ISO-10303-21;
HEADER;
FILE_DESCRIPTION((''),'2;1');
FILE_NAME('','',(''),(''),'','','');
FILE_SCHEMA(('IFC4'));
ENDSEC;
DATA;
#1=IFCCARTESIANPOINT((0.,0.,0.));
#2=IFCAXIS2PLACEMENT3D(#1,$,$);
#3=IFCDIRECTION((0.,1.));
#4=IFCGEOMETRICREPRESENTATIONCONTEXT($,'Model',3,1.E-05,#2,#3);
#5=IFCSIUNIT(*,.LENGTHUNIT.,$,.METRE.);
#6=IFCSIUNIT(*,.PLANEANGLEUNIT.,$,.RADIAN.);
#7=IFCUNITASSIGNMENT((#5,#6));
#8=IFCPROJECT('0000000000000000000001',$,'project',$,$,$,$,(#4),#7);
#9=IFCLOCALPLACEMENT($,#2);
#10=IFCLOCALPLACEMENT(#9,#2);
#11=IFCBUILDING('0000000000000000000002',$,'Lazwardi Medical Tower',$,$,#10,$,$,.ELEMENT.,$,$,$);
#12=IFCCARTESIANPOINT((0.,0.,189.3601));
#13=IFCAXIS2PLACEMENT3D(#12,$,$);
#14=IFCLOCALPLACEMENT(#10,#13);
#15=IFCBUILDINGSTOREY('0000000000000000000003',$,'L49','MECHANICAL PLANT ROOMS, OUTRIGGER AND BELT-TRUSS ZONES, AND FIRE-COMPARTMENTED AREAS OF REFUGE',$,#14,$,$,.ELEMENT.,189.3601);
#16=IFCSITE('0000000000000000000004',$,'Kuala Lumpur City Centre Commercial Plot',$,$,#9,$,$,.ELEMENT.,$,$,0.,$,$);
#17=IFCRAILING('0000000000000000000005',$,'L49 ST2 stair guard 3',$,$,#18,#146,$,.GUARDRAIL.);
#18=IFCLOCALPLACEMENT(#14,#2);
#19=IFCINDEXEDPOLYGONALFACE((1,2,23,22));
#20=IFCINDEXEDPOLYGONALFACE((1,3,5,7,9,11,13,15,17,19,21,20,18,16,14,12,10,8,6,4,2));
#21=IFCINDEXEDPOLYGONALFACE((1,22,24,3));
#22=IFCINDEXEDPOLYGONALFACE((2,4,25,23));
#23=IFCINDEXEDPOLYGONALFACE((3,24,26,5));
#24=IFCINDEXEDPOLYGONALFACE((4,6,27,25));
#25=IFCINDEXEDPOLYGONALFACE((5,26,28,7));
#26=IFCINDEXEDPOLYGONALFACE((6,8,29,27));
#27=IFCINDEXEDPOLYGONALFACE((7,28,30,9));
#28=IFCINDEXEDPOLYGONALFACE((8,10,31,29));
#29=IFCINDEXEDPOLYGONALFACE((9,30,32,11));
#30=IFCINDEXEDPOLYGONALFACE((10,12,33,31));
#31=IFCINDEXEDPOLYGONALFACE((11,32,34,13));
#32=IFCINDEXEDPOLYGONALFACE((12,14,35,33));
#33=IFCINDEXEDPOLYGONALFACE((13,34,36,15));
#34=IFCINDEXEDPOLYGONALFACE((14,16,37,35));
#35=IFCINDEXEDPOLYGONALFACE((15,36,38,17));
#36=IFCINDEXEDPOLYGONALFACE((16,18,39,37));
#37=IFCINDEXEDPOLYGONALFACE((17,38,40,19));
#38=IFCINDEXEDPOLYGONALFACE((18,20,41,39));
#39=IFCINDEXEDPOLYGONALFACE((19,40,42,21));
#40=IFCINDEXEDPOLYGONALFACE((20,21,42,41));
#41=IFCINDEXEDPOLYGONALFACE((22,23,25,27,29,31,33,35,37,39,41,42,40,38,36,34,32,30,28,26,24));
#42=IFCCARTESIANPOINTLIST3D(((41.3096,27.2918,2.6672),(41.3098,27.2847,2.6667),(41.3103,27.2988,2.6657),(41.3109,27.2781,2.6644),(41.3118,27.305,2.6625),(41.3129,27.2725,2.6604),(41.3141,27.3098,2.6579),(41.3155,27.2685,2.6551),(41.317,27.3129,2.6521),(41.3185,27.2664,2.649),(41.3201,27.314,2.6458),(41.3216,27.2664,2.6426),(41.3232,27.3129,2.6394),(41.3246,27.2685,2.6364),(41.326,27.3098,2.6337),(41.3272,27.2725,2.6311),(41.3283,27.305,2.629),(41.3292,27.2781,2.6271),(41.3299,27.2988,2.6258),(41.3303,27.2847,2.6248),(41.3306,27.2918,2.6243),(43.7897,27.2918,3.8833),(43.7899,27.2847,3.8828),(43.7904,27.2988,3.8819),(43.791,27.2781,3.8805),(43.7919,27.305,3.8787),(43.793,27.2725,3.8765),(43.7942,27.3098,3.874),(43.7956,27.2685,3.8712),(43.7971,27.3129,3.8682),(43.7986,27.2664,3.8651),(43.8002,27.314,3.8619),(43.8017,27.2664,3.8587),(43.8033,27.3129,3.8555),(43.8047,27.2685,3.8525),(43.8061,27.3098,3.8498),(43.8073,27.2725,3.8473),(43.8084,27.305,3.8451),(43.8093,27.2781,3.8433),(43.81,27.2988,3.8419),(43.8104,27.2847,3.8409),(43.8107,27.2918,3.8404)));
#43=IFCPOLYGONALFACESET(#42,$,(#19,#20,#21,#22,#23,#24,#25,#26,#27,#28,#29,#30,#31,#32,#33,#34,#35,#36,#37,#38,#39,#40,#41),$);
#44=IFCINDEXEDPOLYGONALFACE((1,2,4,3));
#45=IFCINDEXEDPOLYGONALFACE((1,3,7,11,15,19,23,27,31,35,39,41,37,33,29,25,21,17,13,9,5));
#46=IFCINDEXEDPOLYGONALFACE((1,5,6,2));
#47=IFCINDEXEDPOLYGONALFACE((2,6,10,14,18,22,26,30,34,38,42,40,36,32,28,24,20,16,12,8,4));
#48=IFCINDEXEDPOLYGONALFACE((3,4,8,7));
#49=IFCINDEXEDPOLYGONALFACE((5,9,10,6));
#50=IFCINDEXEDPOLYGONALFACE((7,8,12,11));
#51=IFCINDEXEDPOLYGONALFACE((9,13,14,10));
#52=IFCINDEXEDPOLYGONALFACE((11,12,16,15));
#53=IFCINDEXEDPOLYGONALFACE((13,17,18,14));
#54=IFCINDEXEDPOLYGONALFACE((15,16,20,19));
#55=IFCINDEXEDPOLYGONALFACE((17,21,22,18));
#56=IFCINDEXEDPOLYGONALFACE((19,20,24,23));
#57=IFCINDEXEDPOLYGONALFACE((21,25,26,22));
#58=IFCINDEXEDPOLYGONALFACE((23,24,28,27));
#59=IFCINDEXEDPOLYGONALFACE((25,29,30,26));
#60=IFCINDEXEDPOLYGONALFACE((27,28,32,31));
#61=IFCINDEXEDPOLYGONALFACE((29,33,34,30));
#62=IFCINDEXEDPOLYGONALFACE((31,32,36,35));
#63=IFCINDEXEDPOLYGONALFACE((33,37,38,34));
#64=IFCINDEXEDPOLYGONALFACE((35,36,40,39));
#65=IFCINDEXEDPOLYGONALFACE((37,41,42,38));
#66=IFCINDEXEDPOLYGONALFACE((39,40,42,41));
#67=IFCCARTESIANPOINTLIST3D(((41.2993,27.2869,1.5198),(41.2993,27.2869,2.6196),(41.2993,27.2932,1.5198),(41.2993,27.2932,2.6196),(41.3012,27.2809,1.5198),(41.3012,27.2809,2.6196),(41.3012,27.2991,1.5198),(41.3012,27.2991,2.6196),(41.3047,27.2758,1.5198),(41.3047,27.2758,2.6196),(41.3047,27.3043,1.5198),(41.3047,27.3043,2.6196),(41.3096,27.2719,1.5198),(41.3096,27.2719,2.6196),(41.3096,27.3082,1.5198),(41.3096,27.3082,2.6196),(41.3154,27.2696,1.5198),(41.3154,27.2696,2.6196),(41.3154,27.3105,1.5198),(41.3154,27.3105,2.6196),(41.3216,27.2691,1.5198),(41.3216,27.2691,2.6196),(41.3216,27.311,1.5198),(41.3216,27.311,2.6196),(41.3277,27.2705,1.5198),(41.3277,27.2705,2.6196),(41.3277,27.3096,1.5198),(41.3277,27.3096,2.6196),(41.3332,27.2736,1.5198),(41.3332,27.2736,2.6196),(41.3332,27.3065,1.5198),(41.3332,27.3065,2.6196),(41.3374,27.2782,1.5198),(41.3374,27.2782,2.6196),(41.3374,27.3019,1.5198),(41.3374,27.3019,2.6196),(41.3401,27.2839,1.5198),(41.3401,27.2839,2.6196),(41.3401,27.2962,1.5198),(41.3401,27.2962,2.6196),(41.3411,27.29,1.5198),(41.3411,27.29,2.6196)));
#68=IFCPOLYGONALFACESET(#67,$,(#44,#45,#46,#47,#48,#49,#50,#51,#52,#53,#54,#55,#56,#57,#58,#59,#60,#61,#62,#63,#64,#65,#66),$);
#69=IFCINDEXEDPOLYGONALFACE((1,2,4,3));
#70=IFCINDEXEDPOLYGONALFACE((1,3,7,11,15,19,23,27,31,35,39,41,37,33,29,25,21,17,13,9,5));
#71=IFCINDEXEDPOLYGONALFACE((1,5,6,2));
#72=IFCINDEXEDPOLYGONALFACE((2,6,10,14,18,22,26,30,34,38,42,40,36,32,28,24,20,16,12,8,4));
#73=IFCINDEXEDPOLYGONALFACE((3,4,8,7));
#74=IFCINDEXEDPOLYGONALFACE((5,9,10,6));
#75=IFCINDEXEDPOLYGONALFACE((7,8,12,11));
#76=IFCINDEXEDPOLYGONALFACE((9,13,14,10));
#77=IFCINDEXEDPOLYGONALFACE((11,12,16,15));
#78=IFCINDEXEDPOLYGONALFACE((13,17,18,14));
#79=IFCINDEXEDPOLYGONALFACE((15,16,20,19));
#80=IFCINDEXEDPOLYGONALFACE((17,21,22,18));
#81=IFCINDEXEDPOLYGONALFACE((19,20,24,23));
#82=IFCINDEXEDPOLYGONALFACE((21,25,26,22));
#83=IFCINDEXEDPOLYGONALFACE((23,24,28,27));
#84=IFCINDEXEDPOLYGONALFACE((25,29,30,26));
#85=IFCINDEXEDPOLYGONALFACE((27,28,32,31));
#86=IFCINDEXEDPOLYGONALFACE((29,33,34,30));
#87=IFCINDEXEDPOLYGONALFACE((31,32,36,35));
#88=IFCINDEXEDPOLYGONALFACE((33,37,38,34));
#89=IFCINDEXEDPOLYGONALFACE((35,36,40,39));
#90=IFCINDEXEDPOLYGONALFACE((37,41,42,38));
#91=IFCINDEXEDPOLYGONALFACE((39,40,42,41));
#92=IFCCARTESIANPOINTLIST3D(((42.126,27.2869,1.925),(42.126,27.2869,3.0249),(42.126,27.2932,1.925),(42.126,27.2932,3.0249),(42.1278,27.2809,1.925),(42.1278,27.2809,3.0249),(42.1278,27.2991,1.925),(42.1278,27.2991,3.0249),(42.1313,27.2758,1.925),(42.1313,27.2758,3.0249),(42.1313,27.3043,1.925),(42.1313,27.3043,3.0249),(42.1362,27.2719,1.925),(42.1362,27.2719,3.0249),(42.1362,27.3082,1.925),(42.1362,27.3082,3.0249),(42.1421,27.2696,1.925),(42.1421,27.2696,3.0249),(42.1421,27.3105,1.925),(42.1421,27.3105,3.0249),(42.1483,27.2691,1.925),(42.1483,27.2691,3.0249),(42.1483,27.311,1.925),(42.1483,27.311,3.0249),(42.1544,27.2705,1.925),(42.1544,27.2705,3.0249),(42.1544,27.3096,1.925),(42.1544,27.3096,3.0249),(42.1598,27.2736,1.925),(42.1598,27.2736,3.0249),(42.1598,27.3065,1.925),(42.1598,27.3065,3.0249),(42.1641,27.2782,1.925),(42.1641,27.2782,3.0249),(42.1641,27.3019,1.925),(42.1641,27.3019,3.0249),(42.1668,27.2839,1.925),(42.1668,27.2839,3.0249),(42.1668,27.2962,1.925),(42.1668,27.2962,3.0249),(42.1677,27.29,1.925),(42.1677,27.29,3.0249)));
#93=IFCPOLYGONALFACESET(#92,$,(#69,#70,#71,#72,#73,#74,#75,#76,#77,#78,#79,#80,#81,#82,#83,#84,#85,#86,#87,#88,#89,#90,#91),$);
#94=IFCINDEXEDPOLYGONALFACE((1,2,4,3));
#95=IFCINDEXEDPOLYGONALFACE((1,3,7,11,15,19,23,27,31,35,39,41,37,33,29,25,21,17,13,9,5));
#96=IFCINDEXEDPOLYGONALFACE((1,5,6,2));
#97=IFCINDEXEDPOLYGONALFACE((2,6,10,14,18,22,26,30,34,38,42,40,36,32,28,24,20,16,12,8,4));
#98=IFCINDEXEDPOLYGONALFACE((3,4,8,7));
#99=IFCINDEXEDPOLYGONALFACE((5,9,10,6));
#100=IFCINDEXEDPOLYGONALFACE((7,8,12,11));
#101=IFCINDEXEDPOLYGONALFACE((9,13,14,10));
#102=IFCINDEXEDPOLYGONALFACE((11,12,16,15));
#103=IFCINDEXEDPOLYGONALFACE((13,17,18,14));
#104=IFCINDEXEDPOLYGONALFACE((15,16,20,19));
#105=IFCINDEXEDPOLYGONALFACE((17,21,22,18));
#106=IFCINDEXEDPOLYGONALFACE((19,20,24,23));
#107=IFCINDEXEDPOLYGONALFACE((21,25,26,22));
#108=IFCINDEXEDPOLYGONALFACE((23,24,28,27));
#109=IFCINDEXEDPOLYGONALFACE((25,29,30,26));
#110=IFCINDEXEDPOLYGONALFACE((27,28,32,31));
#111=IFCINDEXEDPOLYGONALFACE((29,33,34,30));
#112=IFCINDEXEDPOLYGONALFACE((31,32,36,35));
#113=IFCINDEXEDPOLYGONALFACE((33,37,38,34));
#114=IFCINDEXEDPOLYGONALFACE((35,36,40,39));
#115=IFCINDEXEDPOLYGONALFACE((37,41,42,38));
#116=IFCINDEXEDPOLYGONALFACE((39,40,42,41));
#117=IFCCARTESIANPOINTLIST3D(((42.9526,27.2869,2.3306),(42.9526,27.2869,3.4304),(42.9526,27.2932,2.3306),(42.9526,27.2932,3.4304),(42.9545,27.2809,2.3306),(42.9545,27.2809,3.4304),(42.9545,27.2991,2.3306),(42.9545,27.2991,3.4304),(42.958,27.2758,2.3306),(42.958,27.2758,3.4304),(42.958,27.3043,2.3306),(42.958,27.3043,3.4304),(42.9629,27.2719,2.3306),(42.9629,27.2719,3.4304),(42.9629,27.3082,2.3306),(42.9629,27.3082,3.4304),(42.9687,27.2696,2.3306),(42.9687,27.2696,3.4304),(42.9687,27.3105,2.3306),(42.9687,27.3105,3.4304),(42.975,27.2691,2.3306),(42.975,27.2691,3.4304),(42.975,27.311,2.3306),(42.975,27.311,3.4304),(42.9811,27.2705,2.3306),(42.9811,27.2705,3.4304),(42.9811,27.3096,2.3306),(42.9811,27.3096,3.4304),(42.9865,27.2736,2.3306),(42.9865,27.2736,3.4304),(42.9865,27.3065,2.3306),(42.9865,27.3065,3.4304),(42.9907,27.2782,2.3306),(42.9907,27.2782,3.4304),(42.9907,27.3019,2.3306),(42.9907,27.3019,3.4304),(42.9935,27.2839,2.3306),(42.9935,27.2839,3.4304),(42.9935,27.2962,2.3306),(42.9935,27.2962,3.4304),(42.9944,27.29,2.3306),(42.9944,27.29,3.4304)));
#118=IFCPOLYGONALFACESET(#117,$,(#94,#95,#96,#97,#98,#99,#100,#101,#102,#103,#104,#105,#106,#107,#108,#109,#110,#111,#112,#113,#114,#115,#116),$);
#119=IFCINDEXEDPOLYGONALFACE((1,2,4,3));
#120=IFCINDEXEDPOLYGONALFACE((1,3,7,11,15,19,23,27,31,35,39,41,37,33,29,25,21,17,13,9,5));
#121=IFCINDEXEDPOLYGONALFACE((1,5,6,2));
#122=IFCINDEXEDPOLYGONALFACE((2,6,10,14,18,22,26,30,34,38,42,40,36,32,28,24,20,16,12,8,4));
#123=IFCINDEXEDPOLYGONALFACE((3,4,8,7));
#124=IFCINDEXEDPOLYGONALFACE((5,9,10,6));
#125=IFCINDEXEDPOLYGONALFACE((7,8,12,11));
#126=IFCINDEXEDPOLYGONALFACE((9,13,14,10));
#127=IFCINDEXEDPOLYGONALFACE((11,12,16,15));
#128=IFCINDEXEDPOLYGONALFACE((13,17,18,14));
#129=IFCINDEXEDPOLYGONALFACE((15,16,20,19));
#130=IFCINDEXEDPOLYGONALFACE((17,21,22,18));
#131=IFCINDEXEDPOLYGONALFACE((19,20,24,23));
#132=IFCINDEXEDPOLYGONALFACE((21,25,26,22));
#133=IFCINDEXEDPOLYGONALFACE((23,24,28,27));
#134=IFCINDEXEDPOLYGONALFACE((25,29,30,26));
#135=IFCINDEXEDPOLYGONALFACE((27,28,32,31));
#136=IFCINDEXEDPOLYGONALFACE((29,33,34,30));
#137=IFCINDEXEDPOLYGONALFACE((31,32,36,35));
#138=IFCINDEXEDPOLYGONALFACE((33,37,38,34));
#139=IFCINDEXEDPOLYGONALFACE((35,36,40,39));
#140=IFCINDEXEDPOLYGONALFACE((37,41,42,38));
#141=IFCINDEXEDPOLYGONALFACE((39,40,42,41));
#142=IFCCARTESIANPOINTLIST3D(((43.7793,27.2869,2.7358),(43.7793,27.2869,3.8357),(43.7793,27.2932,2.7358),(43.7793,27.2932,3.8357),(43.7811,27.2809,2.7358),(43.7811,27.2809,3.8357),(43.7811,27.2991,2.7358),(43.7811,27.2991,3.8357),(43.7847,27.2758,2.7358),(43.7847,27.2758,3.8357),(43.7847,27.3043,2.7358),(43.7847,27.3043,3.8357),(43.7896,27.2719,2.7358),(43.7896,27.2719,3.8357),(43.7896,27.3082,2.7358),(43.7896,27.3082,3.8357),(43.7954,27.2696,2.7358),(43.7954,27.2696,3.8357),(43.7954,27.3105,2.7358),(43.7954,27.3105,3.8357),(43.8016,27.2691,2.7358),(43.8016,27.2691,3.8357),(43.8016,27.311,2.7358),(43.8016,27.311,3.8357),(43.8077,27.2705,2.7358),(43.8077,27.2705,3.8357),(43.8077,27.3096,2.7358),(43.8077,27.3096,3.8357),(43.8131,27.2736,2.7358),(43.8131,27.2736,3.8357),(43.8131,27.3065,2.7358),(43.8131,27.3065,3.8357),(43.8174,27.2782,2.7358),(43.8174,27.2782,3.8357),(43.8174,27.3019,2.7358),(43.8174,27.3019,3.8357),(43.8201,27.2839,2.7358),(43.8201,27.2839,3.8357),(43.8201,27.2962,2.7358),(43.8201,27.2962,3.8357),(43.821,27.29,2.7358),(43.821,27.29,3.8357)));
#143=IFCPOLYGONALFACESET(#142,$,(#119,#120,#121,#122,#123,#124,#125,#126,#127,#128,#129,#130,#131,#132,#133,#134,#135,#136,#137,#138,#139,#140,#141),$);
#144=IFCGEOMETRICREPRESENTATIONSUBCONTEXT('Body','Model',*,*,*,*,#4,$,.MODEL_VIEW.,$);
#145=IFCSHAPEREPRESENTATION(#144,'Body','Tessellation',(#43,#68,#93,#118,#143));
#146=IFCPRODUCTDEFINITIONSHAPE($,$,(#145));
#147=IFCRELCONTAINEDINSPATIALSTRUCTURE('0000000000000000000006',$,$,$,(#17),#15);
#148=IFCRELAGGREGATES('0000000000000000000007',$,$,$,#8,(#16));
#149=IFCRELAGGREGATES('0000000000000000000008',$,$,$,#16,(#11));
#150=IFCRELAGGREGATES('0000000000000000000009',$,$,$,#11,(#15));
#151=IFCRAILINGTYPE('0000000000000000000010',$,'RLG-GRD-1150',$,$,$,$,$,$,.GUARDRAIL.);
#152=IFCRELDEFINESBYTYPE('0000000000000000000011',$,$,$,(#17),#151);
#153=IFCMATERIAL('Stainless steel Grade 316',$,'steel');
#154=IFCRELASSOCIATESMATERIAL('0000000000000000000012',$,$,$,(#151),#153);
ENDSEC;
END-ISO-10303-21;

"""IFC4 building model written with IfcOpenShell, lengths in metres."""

from ifc_helpers import new_model, si_unit, direction, frame, origin, origin_2d, place, context, subcontext, project, spatial, circle, extrude, material, type_object, element, save


model = new_model("IFC4")

# Units and contexts
model_context = context("Model", 3, precision=1e-05, world=origin(), true_north=direction((0.0, 1.0)))
body_context = subcontext(model_context, "Body", "Model", "MODEL_VIEW")
ifc_project = project(units=[si_unit("LENGTHUNIT", "METRE"), si_unit("PLANEANGLEUNIT", "RADIAN")], contexts=[model_context])

# Site, building, storey
site_placement = place(None, origin())
site = spatial("IfcSite", under=ifc_project, at=site_placement, Name="Kuala Lumpur City Centre Commercial Plot", CompositionType="ELEMENT", RefElevation=0.0)
building_placement = place(site_placement, origin())
building = spatial("IfcBuilding", under=site, at=building_placement, Name="Lazwardi Medical Tower", CompositionType="ELEMENT")
storey_placement = place(building_placement, frame((0.0, 0.0, 189.3601)))
storey = spatial("IfcBuildingStorey", under=building, at=storey_placement, Name="L49", Description="MECHANICAL PLANT ROOMS, OUTRIGGER AND BELT-TRUSS ZONES, AND FIRE-COMPARTMENTED AREAS OF REFUGE", CompositionType="ELEMENT", Elevation=189.3601)

# Railing
ifc_material_1 = material(Name="Stainless steel Grade 316", Category="steel")
railing_type_1 = type_object("IfcRailingType", Name="RLG-GRD-1150", PredefinedType="GUARDRAIL", material=ifc_material_1)
railing_1_placement = place(storey_placement, frame((41.3201, 27.29, 1.5198)))
element("IfcRailing", 1, at=railing_1_placement, inside=storey, type_object=railing_type_1, Name="L49 ST2 stair guard 3", PredefinedType="GUARDRAIL", context=body_context, shape_type="SweptSolid", body=[
    extrude(circle(Radius=0.0239, at=origin_2d()), frame((0.0, 0.0, 1.126), z_axis=(0.897865, 0.0, 0.44027), x_axis=(0.0, 1.0, 0.0)), (0.0, 0.0, 1.0), 2.7622),
    extrude(circle(Radius=0.021, at=origin_2d()), origin(), (0.0, 0.0, 1.0), 1.0999),
    extrude(circle(Radius=0.021, at=origin_2d()), frame((0.8267, 0.0, 0.4053)), (0.0, 0.0, 1.0), 1.0999),
    extrude(circle(Radius=0.021, at=origin_2d()), frame((1.6533, 0.0, 0.8108)), (0.0, 0.0, 1.0), 1.0999),
    extrude(circle(Radius=0.021, at=origin_2d()), frame((2.48, 0.0, 1.2161)), (0.0, 0.0, 1.0), 1.0999),
])

save(model, "model.ifc")
